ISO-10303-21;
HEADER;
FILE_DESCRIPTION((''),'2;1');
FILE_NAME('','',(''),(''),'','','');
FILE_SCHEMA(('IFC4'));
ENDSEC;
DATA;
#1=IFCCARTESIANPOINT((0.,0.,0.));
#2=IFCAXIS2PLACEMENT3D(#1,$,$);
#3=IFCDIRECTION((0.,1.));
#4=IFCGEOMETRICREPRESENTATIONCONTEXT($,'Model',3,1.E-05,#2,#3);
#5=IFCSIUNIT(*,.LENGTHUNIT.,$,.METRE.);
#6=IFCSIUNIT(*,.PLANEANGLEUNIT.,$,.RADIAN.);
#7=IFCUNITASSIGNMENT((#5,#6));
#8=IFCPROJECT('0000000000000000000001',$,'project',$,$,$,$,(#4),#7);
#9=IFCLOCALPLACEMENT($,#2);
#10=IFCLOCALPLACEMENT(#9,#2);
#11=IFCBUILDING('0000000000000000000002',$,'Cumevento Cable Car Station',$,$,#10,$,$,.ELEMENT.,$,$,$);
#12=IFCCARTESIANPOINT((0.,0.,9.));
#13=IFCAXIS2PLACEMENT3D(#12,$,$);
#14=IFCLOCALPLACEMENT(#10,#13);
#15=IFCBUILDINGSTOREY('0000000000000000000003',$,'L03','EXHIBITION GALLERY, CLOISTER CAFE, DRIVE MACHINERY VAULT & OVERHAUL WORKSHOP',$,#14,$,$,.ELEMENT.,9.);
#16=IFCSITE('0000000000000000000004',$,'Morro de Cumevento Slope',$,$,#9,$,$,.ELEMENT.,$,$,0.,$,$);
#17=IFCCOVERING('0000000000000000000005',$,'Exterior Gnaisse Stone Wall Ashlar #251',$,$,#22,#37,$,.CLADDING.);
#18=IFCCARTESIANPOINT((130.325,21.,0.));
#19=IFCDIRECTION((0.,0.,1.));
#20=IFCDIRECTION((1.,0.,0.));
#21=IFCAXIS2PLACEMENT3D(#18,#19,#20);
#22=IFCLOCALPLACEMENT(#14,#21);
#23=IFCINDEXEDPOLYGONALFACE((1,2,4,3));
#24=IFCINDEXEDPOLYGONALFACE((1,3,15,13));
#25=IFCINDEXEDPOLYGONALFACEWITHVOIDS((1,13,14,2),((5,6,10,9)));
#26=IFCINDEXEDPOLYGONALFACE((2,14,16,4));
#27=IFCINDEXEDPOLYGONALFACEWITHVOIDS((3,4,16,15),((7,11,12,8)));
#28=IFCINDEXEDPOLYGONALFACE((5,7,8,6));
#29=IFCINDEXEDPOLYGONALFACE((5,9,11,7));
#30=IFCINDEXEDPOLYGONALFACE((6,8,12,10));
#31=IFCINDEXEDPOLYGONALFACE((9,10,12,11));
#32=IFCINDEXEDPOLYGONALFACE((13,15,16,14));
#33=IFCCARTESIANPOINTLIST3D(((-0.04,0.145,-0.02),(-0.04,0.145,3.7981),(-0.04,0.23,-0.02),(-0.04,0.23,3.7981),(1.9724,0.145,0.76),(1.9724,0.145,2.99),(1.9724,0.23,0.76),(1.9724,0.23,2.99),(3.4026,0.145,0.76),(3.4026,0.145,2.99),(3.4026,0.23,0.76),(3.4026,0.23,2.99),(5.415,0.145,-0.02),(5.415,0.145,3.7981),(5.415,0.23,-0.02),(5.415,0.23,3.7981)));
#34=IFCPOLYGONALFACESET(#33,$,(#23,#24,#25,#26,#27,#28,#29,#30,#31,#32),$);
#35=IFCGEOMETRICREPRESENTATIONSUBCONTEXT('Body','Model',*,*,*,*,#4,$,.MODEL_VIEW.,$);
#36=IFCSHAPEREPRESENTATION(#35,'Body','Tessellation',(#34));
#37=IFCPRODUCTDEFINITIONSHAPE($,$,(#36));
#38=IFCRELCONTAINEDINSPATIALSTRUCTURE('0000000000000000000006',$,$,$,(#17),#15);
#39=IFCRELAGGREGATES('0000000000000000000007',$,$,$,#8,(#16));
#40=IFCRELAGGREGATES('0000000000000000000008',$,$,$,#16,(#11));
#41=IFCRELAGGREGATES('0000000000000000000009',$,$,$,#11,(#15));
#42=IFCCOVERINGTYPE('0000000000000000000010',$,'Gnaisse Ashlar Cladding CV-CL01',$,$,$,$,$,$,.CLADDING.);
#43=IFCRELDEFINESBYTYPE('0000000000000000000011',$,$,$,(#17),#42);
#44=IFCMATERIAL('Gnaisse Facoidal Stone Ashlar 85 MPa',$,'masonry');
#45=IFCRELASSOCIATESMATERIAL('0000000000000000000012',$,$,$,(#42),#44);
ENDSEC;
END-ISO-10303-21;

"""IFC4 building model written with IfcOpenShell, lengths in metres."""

from ifc_helpers import new_model, si_unit, direction, frame, origin, place, context, subcontext, project, spatial, polyline, outline, extrude, material, type_object, element, save


model = new_model("IFC4")

# Units and contexts
model_context = context("Model", 3, precision=1e-05, world=origin(), true_north=direction((0.0, 1.0)))
body_context = subcontext(model_context, "Body", "Model", "MODEL_VIEW")
ifc_project = project(units=[si_unit("LENGTHUNIT", "METRE"), si_unit("PLANEANGLEUNIT", "RADIAN")], contexts=[model_context])

# Site, building, storey
site_placement = place(None, origin())
site = spatial("IfcSite", under=ifc_project, at=site_placement, Name="Morro de Cumevento Slope", CompositionType="ELEMENT", RefElevation=0.0)
building_placement = place(site_placement, origin())
building = spatial("IfcBuilding", under=site, at=building_placement, Name="Cumevento Cable Car Station", CompositionType="ELEMENT")
storey_placement = place(building_placement, frame((0.0, 0.0, 9.0)))
storey = spatial("IfcBuildingStorey", under=building, at=storey_placement, Name="L03", Description="EXHIBITION GALLERY, CLOISTER CAFE, DRIVE MACHINERY VAULT & OVERHAUL WORKSHOP", CompositionType="ELEMENT", Elevation=9.0)

# Covering
ifc_material_1 = material(Name="Gnaisse Facoidal Stone Ashlar 85 MPa", Category="masonry")
covering_type = type_object("IfcCoveringType", Name="Gnaisse Ashlar Cladding CV-CL01", PredefinedType="CLADDING", material=ifc_material_1)
covering_1_placement = place(storey_placement, frame((130.325, 21.0, 0.0), z_axis=(0.0, 0.0, 1.0), x_axis=(1.0, 0.0, 0.0)))
element("IfcCovering", 1, at=covering_1_placement, inside=storey, type_object=covering_type, Name="Exterior Gnaisse Stone Wall Ashlar #251", PredefinedType="CLADDING", context=body_context, shape_type="SweptSolid", body=[
    extrude(outline(polyline([(-0.04, -0.02), (5.415, -0.02), (5.415, 3.7981), (-0.04, 3.7981), (-0.04, -0.02)]), holes=[polyline([(1.9724, 0.76), (3.4026, 0.76), (3.4026, 2.99), (1.9724, 2.99), (1.9724, 0.76)])]), frame((0.0, 0.23, 0.0), z_axis=(0.0, -1.0, 0.0), x_axis=(1.0, 0.0, 0.0)), (0.0, 0.0, 1.0), 0.085),
])

save(model, "model.ifc")
